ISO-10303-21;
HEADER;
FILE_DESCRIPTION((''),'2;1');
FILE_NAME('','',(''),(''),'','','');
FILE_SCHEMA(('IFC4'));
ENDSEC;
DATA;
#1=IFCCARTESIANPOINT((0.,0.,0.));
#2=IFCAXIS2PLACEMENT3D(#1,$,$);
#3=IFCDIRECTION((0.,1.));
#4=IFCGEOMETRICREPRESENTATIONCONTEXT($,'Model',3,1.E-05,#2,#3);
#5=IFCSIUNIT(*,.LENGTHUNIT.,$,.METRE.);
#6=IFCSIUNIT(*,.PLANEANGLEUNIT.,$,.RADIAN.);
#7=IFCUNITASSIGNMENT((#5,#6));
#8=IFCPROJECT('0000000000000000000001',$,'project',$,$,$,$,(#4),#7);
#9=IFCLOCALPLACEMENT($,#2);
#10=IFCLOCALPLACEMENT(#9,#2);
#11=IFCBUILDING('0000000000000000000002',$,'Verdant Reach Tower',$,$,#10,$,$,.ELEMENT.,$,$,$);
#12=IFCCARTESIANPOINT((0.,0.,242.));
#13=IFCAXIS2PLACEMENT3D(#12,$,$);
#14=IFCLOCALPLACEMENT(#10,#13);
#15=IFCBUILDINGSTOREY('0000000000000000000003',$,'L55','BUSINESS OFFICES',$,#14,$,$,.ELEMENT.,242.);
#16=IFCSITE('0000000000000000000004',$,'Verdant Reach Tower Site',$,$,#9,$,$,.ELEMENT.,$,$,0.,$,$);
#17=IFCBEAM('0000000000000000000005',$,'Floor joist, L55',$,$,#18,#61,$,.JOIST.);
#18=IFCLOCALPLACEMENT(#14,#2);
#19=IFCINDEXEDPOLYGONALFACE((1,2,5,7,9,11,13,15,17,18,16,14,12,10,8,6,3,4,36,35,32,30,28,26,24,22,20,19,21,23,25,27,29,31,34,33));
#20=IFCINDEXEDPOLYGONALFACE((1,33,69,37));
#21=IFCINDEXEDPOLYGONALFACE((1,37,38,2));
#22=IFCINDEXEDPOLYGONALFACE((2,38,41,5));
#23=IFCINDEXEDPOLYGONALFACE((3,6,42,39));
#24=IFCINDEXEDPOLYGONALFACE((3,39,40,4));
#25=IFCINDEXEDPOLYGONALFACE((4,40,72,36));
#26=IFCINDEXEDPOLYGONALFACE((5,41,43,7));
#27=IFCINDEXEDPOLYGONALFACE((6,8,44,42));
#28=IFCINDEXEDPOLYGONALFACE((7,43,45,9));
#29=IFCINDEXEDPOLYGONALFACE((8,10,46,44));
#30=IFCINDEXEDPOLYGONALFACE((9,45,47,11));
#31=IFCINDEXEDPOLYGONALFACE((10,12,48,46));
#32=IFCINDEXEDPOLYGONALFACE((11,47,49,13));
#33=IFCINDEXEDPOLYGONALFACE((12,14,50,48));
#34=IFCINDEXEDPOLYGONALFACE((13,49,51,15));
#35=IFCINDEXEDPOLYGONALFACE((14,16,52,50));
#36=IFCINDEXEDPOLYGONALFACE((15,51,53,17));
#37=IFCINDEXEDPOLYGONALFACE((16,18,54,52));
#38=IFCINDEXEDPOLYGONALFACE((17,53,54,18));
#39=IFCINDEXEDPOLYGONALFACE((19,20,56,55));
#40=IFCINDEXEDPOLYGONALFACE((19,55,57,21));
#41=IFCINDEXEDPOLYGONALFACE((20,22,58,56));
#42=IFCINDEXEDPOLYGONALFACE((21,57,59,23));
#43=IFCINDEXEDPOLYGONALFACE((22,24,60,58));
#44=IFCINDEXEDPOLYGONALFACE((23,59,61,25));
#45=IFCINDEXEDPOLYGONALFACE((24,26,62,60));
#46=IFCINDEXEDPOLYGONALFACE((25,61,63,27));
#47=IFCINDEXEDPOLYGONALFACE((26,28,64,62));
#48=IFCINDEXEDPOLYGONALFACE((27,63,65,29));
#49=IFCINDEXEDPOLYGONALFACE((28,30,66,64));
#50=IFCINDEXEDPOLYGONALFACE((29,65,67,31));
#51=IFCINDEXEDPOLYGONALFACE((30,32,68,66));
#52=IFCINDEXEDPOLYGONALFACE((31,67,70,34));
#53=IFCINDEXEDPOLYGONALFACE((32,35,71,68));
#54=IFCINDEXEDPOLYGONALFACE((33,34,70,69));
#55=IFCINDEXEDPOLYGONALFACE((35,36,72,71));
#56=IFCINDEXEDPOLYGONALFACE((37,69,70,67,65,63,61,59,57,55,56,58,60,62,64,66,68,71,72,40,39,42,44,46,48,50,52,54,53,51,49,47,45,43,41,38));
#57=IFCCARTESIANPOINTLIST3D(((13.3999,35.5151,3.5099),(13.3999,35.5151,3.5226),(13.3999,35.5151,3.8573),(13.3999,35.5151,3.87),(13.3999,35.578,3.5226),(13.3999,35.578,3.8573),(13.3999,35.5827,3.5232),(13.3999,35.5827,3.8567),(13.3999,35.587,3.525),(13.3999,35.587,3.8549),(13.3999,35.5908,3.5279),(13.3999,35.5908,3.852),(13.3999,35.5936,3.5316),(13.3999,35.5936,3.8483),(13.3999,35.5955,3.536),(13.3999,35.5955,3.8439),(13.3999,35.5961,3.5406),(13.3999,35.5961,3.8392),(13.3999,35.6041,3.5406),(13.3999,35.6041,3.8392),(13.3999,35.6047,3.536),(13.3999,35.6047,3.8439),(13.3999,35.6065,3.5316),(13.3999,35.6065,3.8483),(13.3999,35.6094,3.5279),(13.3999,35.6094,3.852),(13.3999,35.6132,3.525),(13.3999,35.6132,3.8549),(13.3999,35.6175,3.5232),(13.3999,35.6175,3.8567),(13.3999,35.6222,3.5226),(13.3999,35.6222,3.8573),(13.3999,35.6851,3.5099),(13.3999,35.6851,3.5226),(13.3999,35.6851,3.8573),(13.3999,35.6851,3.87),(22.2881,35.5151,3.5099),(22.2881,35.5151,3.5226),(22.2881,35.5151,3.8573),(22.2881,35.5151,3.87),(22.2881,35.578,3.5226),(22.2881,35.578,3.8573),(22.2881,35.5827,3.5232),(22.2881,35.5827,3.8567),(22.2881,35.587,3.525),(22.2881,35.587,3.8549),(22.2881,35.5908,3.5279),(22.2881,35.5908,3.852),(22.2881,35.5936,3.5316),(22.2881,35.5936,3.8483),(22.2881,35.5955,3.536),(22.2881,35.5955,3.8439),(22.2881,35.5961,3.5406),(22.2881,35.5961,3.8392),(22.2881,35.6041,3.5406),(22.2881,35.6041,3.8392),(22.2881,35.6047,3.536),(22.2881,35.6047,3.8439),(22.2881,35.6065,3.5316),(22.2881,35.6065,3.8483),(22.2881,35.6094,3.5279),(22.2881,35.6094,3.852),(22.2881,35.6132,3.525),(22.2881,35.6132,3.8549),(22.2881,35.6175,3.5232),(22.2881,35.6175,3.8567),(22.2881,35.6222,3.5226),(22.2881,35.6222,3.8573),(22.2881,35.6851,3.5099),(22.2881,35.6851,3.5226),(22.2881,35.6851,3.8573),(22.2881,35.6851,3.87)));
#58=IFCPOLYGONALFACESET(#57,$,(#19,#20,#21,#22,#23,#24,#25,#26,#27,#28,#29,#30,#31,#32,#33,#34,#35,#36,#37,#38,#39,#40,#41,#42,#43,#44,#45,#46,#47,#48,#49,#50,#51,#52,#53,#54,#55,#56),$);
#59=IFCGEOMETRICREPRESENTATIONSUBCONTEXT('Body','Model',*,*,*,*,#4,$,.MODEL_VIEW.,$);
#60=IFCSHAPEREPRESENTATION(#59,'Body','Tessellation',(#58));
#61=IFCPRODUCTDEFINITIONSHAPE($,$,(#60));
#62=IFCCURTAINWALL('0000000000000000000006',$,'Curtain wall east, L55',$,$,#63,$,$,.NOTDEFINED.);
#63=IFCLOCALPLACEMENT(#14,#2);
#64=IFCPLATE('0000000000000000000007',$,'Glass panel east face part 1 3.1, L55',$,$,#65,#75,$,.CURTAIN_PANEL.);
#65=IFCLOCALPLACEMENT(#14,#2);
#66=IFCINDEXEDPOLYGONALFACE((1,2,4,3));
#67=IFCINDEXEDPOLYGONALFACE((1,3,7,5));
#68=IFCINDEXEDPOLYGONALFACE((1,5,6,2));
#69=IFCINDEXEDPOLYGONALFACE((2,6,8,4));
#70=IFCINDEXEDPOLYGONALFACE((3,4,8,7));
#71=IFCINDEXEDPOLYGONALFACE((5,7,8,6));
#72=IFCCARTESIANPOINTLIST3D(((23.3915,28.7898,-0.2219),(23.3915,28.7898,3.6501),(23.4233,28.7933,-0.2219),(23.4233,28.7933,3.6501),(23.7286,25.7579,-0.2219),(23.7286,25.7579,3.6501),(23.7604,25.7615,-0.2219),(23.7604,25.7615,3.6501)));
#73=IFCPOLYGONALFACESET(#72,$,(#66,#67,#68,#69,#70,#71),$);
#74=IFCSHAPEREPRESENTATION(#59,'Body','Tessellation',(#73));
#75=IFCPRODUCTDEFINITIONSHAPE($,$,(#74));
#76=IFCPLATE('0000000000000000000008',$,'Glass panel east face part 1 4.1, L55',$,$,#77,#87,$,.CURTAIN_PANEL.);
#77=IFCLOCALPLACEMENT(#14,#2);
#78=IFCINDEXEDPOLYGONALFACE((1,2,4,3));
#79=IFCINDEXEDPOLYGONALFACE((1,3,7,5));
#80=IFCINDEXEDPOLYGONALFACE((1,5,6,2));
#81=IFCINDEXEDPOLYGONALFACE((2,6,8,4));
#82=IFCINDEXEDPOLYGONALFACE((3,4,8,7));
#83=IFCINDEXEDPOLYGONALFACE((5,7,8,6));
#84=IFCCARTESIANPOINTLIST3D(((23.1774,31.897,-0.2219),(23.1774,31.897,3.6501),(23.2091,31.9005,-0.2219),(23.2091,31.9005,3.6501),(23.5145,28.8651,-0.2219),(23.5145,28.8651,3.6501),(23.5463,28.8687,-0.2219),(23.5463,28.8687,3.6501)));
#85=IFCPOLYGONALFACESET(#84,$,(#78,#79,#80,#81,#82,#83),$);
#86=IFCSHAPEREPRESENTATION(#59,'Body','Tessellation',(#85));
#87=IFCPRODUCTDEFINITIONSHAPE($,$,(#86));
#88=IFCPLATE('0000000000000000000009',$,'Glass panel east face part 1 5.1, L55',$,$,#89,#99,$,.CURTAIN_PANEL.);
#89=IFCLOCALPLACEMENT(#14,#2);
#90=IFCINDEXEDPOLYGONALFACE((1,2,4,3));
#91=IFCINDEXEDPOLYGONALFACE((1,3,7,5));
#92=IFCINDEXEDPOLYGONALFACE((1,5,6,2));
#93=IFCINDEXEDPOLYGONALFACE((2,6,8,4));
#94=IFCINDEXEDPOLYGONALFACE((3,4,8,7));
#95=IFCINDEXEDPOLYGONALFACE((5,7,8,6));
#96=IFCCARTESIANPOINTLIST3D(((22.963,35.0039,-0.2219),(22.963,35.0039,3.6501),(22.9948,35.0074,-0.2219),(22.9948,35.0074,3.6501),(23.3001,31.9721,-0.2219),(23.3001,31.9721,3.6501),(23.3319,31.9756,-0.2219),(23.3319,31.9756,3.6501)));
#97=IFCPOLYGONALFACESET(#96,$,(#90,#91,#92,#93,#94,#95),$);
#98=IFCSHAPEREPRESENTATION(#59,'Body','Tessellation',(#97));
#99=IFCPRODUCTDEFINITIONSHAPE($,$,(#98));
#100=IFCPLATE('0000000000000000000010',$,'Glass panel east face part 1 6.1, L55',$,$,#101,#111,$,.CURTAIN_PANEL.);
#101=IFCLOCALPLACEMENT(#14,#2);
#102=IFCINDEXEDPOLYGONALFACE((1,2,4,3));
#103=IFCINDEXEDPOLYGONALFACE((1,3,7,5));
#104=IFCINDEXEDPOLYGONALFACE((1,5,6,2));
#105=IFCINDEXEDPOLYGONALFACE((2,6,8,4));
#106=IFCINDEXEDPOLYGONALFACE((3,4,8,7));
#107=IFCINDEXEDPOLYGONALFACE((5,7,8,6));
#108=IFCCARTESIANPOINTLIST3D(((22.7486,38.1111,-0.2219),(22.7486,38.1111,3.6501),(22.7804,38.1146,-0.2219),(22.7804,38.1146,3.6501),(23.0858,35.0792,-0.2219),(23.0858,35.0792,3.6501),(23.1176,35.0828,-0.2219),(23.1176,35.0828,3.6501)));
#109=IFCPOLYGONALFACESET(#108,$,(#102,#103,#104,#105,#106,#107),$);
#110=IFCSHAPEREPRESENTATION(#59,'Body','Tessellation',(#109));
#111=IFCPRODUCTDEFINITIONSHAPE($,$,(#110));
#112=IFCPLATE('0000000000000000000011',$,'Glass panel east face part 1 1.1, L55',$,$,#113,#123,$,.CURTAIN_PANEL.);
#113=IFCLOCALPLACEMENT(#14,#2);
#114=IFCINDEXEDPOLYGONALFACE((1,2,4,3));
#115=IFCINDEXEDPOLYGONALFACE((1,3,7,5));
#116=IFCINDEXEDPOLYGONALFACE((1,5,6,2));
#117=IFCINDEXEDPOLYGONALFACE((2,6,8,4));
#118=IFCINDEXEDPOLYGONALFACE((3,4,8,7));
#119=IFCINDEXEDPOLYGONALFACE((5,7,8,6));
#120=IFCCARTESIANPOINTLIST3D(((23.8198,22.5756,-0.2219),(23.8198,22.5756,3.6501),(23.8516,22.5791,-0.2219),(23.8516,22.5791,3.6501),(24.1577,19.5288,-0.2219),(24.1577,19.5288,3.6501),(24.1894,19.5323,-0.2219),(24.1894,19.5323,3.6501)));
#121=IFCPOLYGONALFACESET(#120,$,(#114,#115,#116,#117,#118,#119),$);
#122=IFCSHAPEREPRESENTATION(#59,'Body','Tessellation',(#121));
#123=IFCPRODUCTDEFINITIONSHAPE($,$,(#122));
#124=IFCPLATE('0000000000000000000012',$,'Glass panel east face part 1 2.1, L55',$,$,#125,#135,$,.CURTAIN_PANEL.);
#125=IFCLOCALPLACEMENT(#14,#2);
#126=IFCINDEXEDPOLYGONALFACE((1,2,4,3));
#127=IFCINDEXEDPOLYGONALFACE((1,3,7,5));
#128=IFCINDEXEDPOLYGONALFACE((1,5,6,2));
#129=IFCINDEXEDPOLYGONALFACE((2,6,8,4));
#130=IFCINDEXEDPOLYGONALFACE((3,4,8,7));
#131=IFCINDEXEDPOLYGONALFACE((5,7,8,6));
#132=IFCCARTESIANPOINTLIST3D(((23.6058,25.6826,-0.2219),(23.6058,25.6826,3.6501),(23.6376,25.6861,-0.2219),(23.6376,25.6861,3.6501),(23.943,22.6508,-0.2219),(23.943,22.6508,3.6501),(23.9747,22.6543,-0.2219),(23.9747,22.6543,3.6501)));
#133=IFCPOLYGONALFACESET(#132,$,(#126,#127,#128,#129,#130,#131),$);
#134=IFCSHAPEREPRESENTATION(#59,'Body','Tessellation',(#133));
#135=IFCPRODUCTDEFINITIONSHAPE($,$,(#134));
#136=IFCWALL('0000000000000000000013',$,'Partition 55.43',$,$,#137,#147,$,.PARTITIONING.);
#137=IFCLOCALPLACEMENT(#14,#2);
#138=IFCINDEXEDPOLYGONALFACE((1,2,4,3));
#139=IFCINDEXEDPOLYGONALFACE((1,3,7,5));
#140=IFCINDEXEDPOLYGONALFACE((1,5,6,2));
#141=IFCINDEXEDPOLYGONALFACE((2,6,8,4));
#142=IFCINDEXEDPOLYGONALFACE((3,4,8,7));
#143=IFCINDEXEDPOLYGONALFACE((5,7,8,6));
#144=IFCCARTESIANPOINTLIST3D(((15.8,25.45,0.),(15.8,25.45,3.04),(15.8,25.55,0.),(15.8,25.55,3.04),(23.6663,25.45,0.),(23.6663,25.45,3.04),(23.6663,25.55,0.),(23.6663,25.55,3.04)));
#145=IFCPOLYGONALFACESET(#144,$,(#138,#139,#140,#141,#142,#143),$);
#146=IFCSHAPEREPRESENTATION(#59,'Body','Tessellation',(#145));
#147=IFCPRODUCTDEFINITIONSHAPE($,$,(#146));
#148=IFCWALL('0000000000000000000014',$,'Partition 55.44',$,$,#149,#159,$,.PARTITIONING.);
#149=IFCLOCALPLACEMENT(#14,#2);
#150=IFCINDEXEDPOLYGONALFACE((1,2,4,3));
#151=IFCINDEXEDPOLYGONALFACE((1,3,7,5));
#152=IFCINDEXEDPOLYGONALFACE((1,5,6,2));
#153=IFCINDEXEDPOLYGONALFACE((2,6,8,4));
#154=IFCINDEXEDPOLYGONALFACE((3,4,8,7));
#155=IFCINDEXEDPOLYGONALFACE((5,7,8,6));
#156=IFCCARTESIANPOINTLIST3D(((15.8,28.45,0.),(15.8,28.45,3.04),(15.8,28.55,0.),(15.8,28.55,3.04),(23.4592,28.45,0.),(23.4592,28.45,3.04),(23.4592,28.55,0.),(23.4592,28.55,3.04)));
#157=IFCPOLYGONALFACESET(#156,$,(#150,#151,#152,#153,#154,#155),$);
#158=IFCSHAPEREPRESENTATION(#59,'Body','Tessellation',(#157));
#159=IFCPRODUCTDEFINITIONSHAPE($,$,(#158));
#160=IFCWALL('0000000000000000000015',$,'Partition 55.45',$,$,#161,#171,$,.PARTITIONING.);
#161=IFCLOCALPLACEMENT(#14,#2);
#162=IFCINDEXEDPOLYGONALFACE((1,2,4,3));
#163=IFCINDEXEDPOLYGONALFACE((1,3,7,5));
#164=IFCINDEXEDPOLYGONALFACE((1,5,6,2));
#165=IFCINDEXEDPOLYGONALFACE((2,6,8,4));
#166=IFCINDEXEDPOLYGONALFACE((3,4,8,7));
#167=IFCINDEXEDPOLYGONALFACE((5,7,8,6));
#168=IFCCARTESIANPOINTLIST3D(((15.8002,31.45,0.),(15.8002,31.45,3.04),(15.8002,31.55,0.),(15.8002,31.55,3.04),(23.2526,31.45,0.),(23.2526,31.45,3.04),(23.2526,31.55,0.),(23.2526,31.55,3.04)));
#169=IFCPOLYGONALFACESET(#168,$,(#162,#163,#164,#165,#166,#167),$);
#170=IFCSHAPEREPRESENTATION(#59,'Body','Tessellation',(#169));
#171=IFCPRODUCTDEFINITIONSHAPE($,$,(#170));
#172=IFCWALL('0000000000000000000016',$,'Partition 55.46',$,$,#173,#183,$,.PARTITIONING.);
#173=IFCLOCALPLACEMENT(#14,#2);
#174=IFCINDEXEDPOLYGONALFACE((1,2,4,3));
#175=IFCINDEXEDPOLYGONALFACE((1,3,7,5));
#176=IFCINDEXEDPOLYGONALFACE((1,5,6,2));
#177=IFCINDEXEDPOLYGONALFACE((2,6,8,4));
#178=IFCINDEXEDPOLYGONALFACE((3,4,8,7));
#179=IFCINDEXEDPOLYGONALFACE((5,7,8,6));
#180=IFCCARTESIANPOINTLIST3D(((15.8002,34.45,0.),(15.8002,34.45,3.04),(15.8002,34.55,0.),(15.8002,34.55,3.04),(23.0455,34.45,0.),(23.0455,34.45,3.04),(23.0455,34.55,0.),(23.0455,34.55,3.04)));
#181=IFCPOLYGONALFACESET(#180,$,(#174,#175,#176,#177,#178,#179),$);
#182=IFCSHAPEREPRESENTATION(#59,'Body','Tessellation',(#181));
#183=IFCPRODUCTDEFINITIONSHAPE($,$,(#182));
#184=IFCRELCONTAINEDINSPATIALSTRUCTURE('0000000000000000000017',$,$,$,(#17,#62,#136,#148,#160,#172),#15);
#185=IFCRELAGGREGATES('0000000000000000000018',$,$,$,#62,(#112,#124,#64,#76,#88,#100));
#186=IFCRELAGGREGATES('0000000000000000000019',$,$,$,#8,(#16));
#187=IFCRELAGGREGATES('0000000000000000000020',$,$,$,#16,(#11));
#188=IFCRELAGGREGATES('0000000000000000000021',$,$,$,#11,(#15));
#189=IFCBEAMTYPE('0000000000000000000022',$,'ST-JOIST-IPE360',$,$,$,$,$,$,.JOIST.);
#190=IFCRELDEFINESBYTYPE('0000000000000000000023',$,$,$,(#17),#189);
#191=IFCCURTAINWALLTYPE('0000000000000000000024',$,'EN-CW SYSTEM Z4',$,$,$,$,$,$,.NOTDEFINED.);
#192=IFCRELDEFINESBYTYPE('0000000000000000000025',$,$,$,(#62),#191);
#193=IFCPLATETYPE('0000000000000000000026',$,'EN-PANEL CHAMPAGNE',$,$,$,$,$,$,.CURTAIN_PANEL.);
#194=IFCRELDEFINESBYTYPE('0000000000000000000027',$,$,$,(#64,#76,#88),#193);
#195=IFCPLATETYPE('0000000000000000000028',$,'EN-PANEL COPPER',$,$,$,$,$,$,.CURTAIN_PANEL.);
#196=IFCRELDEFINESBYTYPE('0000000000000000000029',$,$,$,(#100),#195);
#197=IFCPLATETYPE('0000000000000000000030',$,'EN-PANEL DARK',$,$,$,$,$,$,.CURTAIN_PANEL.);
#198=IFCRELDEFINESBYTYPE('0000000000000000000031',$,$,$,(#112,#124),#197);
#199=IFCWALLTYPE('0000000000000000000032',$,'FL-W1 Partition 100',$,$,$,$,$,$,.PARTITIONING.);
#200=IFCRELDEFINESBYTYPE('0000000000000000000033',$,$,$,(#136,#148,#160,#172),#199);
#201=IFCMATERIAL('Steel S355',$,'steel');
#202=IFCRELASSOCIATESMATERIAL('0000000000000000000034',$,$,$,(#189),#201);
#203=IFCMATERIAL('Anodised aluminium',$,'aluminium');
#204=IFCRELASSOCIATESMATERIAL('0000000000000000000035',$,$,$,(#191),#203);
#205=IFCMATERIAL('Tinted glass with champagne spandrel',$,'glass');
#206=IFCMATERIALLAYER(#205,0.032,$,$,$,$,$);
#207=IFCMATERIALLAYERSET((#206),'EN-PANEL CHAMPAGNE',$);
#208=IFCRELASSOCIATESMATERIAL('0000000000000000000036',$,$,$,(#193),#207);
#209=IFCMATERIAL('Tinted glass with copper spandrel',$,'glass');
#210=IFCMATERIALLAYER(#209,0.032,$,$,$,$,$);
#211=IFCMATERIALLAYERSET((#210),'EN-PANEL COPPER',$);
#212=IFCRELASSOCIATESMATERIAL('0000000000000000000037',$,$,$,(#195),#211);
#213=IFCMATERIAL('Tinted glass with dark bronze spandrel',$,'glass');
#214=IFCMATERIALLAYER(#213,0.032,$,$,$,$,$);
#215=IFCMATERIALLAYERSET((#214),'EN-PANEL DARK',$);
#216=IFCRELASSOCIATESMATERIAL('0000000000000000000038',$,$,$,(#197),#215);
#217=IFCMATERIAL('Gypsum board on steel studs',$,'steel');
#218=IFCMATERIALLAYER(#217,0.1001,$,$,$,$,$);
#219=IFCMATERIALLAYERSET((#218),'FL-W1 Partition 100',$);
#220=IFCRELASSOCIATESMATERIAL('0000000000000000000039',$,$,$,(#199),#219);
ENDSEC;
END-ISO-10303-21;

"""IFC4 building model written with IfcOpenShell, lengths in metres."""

from ifc_helpers import new_model, si_unit, direction, frame, frame_2d, origin, origin_2d, place, context, subcontext, project, spatial, rectangle, i_section, extrude, material, layer, layer_set, material_profile, profile_set, type_object, element, aggregate, save


model = new_model("IFC4")

# Units and contexts
model_context = context("Model", 3, precision=1e-05, world=origin(), true_north=direction((0.0, 1.0)))
body_context = subcontext(model_context, "Body", "Model", "MODEL_VIEW")
ifc_project = project(units=[si_unit("LENGTHUNIT", "METRE"), si_unit("PLANEANGLEUNIT", "RADIAN")], contexts=[model_context])

# Site, building, storey
site_placement = place(None, origin())
site = spatial("IfcSite", under=ifc_project, at=site_placement, Name="Verdant Reach Tower Site", CompositionType="ELEMENT", RefElevation=0.0)
building_placement = place(site_placement, origin())
building = spatial("IfcBuilding", under=site, at=building_placement, Name="Verdant Reach Tower", CompositionType="ELEMENT")
storey_placement = place(building_placement, frame((0.0, 0.0, 242.0)))
storey = spatial("IfcBuildingStorey", under=building, at=storey_placement, Name="L55", Description="BUSINESS OFFICES", CompositionType="ELEMENT", Elevation=242.0)

# Beam
ifc_material_1 = material(Name="Steel S355", Category="steel")
ifc_material_profile_1 = material_profile(ifc_material_1, i_section(OverallWidth=0.1699, OverallDepth=0.3601, WebThickness=0.0081, FlangeThickness=0.0127, FilletRadius=0.0181, at=origin_2d()), Name="IPE 360")
ifc_profile_set_1 = profile_set([ifc_material_profile_1], Name="Steel S355")
beam_type_1 = type_object("IfcBeamType", Name="ST-JOIST-IPE360", PredefinedType="JOIST", material=ifc_profile_set_1)
beam_1_placement = place(storey_placement, frame((13.3999, 35.6001, 3.6899), z_axis=(1.0, 0.0, 0.0), x_axis=(0.0, 1.0, 0.0)))
element("IfcBeam", 1, at=beam_1_placement, inside=storey, type_object=beam_type_1, Name="Floor joist, L55", PredefinedType="JOIST", context=body_context, shape_type="SweptSolid", body=[
    extrude(i_section(OverallWidth=0.1699, OverallDepth=0.3601, WebThickness=0.0081, FlangeThickness=0.0127, FilletRadius=0.0181, at=origin_2d()), origin(), (0.0, 0.0, 1.0), 8.8882),
])

# Curtain wall, plates
ifc_material_2 = material(Name="Anodised aluminium", Category="aluminium")
curtain_wall_type = type_object("IfcCurtainWallType", Name="EN-CW SYSTEM Z4", PredefinedType="NOTDEFINED", material=ifc_material_2)
curtain_wall_placement = place(storey_placement, origin())
curtain_wall = element("IfcCurtainWall", 2, at=curtain_wall_placement, inside=storey, type_object=curtain_wall_type, Name="Curtain wall east, L55", PredefinedType="NOTDEFINED")
ifc_material_3 = material(Name="Tinted glass with champagne spandrel", Category="glass")
ifc_layer_1 = layer(ifc_material_3, 0.032)
ifc_layer_set_1 = layer_set([ifc_layer_1], Name="EN-PANEL CHAMPAGNE")
plate_type_1 = type_object("IfcPlateType", Name="EN-PANEL CHAMPAGNE", PredefinedType="CURTAIN_PANEL", material=ifc_layer_set_1)
plate_1_placement = place(storey_placement, frame((23.5759, 27.2756, -0.2219), z_axis=(0.0, 0.0, 1.0), x_axis=(-0.110518, 0.993874, 0.0)))
plate_1 = element("IfcPlate", 3, at=plate_1_placement, type_object=plate_type_1, Name="Glass panel east face part 1 3.1, L55", PredefinedType="CURTAIN_PANEL", context=body_context, shape_type="SweptSolid", body=[
    extrude(rectangle(XDim=3.0505, YDim=0.032, at=origin_2d()), origin(), (0.0, 0.0, 1.0), 3.8721),
])
plate_2_placement = place(storey_placement, frame((23.3618, 30.3828, -0.2219), z_axis=(0.0, 0.0, 1.0), x_axis=(-0.110518, 0.993874, 0.0)))
plate_2 = element("IfcPlate", 4, at=plate_2_placement, type_object=plate_type_1, Name="Glass panel east face part 1 4.1, L55", PredefinedType="CURTAIN_PANEL", context=body_context, shape_type="SweptSolid", body=[
    extrude(rectangle(XDim=3.0505, YDim=0.032, at=origin_2d()), origin(), (0.0, 0.0, 1.0), 3.8721),
])
plate_3_placement = place(storey_placement, frame((23.1475, 33.4897, -0.2219), z_axis=(0.0, 0.0, 1.0), x_axis=(-0.110518, 0.993874, 0.0)))
plate_3 = element("IfcPlate", 5, at=plate_3_placement, type_object=plate_type_1, Name="Glass panel east face part 1 5.1, L55", PredefinedType="CURTAIN_PANEL", context=body_context, shape_type="SweptSolid", body=[
    extrude(rectangle(XDim=3.0505, YDim=0.032, at=origin_2d()), origin(), (0.0, 0.0, 1.0), 3.8721),
])
ifc_material_4 = material(Name="Tinted glass with copper spandrel", Category="glass")
ifc_layer_2 = layer(ifc_material_4, 0.032)
ifc_layer_set_2 = layer_set([ifc_layer_2], Name="EN-PANEL COPPER")
plate_type_2 = type_object("IfcPlateType", Name="EN-PANEL COPPER", PredefinedType="CURTAIN_PANEL", material=ifc_layer_set_2)
plate_4_placement = place(storey_placement, frame((22.9331, 36.5969, -0.2219), z_axis=(0.0, 0.0, 1.0), x_axis=(-0.110518, 0.993874, 0.0)))
plate_4 = element("IfcPlate", 6, at=plate_4_placement, type_object=plate_type_2, Name="Glass panel east face part 1 6.1, L55", PredefinedType="CURTAIN_PANEL", context=body_context, shape_type="SweptSolid", body=[
    extrude(rectangle(XDim=3.0505, YDim=0.032, at=origin_2d()), origin(), (0.0, 0.0, 1.0), 3.8721),
])
ifc_material_5 = material(Name="Tinted glass with dark bronze spandrel", Category="glass")
ifc_layer_3 = layer(ifc_material_5, 0.032)
ifc_layer_set_3 = layer_set([ifc_layer_3], Name="EN-PANEL DARK")
plate_type_3 = type_object("IfcPlateType", Name="EN-PANEL DARK", PredefinedType="CURTAIN_PANEL", material=ifc_layer_set_3)
plate_5_placement = place(storey_placement, frame((24.0046, 21.054, -0.2219), z_axis=(0.0, 0.0, 1.0), x_axis=(-0.110206, 0.993909, 0.0)))
plate_5 = element("IfcPlate", 7, at=plate_5_placement, type_object=plate_type_3, Name="Glass panel east face part 1 1.1, L55", PredefinedType="CURTAIN_PANEL", context=body_context, shape_type="SweptSolid", body=[
    extrude(rectangle(XDim=3.0654, YDim=0.032, at=origin_2d()), origin(), (0.0, 0.0, 1.0), 3.8721),
])
plate_6_placement = place(storey_placement, frame((23.7903, 24.1685, -0.2219), z_axis=(0.0, 0.0, 1.0), x_axis=(-0.110518, 0.993874, 0.0)))
plate_6 = element("IfcPlate", 8, at=plate_6_placement, type_object=plate_type_3, Name="Glass panel east face part 1 2.1, L55", PredefinedType="CURTAIN_PANEL", context=body_context, shape_type="SweptSolid", body=[
    extrude(rectangle(XDim=3.0505, YDim=0.032, at=origin_2d()), origin(), (0.0, 0.0, 1.0), 3.8721),
])
aggregate(curtain_wall, [plate_5, plate_6, plate_1, plate_2, plate_3, plate_4])

# Walls
ifc_material_6 = material(Name="Gypsum board on steel studs", Category="steel")
ifc_layer_4 = layer(ifc_material_6, 0.1001)
ifc_layer_set_4 = layer_set([ifc_layer_4], Name="FL-W1 Partition 100")
wall_type_1 = type_object("IfcWallType", Name="FL-W1 Partition 100", PredefinedType="PARTITIONING", material=ifc_layer_set_4)
wall_1_placement = place(storey_placement, frame((23.6663, 25.5, 0.0), z_axis=(0.0, 0.0, 1.0), x_axis=(-1.0, 0.0, 0.0)))
element("IfcWall", 9, at=wall_1_placement, inside=storey, type_object=wall_type_1, Name="Partition 55.43", PredefinedType="PARTITIONING", context=body_context, shape_type="SweptSolid", body=[
    extrude(rectangle(XDim=7.8662, YDim=0.1001, at=frame_2d((3.9331, 0.0))), origin(), (0.0, 0.0, 1.0), 3.04),
])
wall_2_placement = place(storey_placement, frame((23.4592, 28.5, 0.0), z_axis=(0.0, 0.0, 1.0), x_axis=(-1.0, 0.0, 0.0)))
element("IfcWall", 10, at=wall_2_placement, inside=storey, type_object=wall_type_1, Name="Partition 55.44", PredefinedType="PARTITIONING", context=body_context, shape_type="SweptSolid", body=[
    extrude(rectangle(XDim=7.6592, YDim=0.1001, at=frame_2d((3.8296, 0.0))), origin(), (0.0, 0.0, 1.0), 3.04),
])
wall_3_placement = place(storey_placement, frame((23.2524, 31.5, 0.0), z_axis=(0.0, 0.0, 1.0), x_axis=(-1.0, 0.0, 0.0)))
element("IfcWall", 11, at=wall_3_placement, inside=storey, type_object=wall_type_1, Name="Partition 55.45", PredefinedType="PARTITIONING", context=body_context, shape_type="SweptSolid", body=[
    extrude(rectangle(XDim=7.4524, YDim=0.1001, at=frame_2d((3.7261, 0.0))), origin(), (0.0, 0.0, 1.0), 3.04),
])
wall_4_placement = place(storey_placement, frame((23.0454, 34.5, 0.0), z_axis=(0.0, 0.0, 1.0), x_axis=(-1.0, 0.0, 0.0)))
element("IfcWall", 12, at=wall_4_placement, inside=storey, type_object=wall_type_1, Name="Partition 55.46", PredefinedType="PARTITIONING", context=body_context, shape_type="SweptSolid", body=[
    extrude(rectangle(XDim=7.2454, YDim=0.1001, at=frame_2d((3.6226, 0.0))), origin(), (0.0, 0.0, 1.0), 3.04),
])

save(model, "model.ifc")
